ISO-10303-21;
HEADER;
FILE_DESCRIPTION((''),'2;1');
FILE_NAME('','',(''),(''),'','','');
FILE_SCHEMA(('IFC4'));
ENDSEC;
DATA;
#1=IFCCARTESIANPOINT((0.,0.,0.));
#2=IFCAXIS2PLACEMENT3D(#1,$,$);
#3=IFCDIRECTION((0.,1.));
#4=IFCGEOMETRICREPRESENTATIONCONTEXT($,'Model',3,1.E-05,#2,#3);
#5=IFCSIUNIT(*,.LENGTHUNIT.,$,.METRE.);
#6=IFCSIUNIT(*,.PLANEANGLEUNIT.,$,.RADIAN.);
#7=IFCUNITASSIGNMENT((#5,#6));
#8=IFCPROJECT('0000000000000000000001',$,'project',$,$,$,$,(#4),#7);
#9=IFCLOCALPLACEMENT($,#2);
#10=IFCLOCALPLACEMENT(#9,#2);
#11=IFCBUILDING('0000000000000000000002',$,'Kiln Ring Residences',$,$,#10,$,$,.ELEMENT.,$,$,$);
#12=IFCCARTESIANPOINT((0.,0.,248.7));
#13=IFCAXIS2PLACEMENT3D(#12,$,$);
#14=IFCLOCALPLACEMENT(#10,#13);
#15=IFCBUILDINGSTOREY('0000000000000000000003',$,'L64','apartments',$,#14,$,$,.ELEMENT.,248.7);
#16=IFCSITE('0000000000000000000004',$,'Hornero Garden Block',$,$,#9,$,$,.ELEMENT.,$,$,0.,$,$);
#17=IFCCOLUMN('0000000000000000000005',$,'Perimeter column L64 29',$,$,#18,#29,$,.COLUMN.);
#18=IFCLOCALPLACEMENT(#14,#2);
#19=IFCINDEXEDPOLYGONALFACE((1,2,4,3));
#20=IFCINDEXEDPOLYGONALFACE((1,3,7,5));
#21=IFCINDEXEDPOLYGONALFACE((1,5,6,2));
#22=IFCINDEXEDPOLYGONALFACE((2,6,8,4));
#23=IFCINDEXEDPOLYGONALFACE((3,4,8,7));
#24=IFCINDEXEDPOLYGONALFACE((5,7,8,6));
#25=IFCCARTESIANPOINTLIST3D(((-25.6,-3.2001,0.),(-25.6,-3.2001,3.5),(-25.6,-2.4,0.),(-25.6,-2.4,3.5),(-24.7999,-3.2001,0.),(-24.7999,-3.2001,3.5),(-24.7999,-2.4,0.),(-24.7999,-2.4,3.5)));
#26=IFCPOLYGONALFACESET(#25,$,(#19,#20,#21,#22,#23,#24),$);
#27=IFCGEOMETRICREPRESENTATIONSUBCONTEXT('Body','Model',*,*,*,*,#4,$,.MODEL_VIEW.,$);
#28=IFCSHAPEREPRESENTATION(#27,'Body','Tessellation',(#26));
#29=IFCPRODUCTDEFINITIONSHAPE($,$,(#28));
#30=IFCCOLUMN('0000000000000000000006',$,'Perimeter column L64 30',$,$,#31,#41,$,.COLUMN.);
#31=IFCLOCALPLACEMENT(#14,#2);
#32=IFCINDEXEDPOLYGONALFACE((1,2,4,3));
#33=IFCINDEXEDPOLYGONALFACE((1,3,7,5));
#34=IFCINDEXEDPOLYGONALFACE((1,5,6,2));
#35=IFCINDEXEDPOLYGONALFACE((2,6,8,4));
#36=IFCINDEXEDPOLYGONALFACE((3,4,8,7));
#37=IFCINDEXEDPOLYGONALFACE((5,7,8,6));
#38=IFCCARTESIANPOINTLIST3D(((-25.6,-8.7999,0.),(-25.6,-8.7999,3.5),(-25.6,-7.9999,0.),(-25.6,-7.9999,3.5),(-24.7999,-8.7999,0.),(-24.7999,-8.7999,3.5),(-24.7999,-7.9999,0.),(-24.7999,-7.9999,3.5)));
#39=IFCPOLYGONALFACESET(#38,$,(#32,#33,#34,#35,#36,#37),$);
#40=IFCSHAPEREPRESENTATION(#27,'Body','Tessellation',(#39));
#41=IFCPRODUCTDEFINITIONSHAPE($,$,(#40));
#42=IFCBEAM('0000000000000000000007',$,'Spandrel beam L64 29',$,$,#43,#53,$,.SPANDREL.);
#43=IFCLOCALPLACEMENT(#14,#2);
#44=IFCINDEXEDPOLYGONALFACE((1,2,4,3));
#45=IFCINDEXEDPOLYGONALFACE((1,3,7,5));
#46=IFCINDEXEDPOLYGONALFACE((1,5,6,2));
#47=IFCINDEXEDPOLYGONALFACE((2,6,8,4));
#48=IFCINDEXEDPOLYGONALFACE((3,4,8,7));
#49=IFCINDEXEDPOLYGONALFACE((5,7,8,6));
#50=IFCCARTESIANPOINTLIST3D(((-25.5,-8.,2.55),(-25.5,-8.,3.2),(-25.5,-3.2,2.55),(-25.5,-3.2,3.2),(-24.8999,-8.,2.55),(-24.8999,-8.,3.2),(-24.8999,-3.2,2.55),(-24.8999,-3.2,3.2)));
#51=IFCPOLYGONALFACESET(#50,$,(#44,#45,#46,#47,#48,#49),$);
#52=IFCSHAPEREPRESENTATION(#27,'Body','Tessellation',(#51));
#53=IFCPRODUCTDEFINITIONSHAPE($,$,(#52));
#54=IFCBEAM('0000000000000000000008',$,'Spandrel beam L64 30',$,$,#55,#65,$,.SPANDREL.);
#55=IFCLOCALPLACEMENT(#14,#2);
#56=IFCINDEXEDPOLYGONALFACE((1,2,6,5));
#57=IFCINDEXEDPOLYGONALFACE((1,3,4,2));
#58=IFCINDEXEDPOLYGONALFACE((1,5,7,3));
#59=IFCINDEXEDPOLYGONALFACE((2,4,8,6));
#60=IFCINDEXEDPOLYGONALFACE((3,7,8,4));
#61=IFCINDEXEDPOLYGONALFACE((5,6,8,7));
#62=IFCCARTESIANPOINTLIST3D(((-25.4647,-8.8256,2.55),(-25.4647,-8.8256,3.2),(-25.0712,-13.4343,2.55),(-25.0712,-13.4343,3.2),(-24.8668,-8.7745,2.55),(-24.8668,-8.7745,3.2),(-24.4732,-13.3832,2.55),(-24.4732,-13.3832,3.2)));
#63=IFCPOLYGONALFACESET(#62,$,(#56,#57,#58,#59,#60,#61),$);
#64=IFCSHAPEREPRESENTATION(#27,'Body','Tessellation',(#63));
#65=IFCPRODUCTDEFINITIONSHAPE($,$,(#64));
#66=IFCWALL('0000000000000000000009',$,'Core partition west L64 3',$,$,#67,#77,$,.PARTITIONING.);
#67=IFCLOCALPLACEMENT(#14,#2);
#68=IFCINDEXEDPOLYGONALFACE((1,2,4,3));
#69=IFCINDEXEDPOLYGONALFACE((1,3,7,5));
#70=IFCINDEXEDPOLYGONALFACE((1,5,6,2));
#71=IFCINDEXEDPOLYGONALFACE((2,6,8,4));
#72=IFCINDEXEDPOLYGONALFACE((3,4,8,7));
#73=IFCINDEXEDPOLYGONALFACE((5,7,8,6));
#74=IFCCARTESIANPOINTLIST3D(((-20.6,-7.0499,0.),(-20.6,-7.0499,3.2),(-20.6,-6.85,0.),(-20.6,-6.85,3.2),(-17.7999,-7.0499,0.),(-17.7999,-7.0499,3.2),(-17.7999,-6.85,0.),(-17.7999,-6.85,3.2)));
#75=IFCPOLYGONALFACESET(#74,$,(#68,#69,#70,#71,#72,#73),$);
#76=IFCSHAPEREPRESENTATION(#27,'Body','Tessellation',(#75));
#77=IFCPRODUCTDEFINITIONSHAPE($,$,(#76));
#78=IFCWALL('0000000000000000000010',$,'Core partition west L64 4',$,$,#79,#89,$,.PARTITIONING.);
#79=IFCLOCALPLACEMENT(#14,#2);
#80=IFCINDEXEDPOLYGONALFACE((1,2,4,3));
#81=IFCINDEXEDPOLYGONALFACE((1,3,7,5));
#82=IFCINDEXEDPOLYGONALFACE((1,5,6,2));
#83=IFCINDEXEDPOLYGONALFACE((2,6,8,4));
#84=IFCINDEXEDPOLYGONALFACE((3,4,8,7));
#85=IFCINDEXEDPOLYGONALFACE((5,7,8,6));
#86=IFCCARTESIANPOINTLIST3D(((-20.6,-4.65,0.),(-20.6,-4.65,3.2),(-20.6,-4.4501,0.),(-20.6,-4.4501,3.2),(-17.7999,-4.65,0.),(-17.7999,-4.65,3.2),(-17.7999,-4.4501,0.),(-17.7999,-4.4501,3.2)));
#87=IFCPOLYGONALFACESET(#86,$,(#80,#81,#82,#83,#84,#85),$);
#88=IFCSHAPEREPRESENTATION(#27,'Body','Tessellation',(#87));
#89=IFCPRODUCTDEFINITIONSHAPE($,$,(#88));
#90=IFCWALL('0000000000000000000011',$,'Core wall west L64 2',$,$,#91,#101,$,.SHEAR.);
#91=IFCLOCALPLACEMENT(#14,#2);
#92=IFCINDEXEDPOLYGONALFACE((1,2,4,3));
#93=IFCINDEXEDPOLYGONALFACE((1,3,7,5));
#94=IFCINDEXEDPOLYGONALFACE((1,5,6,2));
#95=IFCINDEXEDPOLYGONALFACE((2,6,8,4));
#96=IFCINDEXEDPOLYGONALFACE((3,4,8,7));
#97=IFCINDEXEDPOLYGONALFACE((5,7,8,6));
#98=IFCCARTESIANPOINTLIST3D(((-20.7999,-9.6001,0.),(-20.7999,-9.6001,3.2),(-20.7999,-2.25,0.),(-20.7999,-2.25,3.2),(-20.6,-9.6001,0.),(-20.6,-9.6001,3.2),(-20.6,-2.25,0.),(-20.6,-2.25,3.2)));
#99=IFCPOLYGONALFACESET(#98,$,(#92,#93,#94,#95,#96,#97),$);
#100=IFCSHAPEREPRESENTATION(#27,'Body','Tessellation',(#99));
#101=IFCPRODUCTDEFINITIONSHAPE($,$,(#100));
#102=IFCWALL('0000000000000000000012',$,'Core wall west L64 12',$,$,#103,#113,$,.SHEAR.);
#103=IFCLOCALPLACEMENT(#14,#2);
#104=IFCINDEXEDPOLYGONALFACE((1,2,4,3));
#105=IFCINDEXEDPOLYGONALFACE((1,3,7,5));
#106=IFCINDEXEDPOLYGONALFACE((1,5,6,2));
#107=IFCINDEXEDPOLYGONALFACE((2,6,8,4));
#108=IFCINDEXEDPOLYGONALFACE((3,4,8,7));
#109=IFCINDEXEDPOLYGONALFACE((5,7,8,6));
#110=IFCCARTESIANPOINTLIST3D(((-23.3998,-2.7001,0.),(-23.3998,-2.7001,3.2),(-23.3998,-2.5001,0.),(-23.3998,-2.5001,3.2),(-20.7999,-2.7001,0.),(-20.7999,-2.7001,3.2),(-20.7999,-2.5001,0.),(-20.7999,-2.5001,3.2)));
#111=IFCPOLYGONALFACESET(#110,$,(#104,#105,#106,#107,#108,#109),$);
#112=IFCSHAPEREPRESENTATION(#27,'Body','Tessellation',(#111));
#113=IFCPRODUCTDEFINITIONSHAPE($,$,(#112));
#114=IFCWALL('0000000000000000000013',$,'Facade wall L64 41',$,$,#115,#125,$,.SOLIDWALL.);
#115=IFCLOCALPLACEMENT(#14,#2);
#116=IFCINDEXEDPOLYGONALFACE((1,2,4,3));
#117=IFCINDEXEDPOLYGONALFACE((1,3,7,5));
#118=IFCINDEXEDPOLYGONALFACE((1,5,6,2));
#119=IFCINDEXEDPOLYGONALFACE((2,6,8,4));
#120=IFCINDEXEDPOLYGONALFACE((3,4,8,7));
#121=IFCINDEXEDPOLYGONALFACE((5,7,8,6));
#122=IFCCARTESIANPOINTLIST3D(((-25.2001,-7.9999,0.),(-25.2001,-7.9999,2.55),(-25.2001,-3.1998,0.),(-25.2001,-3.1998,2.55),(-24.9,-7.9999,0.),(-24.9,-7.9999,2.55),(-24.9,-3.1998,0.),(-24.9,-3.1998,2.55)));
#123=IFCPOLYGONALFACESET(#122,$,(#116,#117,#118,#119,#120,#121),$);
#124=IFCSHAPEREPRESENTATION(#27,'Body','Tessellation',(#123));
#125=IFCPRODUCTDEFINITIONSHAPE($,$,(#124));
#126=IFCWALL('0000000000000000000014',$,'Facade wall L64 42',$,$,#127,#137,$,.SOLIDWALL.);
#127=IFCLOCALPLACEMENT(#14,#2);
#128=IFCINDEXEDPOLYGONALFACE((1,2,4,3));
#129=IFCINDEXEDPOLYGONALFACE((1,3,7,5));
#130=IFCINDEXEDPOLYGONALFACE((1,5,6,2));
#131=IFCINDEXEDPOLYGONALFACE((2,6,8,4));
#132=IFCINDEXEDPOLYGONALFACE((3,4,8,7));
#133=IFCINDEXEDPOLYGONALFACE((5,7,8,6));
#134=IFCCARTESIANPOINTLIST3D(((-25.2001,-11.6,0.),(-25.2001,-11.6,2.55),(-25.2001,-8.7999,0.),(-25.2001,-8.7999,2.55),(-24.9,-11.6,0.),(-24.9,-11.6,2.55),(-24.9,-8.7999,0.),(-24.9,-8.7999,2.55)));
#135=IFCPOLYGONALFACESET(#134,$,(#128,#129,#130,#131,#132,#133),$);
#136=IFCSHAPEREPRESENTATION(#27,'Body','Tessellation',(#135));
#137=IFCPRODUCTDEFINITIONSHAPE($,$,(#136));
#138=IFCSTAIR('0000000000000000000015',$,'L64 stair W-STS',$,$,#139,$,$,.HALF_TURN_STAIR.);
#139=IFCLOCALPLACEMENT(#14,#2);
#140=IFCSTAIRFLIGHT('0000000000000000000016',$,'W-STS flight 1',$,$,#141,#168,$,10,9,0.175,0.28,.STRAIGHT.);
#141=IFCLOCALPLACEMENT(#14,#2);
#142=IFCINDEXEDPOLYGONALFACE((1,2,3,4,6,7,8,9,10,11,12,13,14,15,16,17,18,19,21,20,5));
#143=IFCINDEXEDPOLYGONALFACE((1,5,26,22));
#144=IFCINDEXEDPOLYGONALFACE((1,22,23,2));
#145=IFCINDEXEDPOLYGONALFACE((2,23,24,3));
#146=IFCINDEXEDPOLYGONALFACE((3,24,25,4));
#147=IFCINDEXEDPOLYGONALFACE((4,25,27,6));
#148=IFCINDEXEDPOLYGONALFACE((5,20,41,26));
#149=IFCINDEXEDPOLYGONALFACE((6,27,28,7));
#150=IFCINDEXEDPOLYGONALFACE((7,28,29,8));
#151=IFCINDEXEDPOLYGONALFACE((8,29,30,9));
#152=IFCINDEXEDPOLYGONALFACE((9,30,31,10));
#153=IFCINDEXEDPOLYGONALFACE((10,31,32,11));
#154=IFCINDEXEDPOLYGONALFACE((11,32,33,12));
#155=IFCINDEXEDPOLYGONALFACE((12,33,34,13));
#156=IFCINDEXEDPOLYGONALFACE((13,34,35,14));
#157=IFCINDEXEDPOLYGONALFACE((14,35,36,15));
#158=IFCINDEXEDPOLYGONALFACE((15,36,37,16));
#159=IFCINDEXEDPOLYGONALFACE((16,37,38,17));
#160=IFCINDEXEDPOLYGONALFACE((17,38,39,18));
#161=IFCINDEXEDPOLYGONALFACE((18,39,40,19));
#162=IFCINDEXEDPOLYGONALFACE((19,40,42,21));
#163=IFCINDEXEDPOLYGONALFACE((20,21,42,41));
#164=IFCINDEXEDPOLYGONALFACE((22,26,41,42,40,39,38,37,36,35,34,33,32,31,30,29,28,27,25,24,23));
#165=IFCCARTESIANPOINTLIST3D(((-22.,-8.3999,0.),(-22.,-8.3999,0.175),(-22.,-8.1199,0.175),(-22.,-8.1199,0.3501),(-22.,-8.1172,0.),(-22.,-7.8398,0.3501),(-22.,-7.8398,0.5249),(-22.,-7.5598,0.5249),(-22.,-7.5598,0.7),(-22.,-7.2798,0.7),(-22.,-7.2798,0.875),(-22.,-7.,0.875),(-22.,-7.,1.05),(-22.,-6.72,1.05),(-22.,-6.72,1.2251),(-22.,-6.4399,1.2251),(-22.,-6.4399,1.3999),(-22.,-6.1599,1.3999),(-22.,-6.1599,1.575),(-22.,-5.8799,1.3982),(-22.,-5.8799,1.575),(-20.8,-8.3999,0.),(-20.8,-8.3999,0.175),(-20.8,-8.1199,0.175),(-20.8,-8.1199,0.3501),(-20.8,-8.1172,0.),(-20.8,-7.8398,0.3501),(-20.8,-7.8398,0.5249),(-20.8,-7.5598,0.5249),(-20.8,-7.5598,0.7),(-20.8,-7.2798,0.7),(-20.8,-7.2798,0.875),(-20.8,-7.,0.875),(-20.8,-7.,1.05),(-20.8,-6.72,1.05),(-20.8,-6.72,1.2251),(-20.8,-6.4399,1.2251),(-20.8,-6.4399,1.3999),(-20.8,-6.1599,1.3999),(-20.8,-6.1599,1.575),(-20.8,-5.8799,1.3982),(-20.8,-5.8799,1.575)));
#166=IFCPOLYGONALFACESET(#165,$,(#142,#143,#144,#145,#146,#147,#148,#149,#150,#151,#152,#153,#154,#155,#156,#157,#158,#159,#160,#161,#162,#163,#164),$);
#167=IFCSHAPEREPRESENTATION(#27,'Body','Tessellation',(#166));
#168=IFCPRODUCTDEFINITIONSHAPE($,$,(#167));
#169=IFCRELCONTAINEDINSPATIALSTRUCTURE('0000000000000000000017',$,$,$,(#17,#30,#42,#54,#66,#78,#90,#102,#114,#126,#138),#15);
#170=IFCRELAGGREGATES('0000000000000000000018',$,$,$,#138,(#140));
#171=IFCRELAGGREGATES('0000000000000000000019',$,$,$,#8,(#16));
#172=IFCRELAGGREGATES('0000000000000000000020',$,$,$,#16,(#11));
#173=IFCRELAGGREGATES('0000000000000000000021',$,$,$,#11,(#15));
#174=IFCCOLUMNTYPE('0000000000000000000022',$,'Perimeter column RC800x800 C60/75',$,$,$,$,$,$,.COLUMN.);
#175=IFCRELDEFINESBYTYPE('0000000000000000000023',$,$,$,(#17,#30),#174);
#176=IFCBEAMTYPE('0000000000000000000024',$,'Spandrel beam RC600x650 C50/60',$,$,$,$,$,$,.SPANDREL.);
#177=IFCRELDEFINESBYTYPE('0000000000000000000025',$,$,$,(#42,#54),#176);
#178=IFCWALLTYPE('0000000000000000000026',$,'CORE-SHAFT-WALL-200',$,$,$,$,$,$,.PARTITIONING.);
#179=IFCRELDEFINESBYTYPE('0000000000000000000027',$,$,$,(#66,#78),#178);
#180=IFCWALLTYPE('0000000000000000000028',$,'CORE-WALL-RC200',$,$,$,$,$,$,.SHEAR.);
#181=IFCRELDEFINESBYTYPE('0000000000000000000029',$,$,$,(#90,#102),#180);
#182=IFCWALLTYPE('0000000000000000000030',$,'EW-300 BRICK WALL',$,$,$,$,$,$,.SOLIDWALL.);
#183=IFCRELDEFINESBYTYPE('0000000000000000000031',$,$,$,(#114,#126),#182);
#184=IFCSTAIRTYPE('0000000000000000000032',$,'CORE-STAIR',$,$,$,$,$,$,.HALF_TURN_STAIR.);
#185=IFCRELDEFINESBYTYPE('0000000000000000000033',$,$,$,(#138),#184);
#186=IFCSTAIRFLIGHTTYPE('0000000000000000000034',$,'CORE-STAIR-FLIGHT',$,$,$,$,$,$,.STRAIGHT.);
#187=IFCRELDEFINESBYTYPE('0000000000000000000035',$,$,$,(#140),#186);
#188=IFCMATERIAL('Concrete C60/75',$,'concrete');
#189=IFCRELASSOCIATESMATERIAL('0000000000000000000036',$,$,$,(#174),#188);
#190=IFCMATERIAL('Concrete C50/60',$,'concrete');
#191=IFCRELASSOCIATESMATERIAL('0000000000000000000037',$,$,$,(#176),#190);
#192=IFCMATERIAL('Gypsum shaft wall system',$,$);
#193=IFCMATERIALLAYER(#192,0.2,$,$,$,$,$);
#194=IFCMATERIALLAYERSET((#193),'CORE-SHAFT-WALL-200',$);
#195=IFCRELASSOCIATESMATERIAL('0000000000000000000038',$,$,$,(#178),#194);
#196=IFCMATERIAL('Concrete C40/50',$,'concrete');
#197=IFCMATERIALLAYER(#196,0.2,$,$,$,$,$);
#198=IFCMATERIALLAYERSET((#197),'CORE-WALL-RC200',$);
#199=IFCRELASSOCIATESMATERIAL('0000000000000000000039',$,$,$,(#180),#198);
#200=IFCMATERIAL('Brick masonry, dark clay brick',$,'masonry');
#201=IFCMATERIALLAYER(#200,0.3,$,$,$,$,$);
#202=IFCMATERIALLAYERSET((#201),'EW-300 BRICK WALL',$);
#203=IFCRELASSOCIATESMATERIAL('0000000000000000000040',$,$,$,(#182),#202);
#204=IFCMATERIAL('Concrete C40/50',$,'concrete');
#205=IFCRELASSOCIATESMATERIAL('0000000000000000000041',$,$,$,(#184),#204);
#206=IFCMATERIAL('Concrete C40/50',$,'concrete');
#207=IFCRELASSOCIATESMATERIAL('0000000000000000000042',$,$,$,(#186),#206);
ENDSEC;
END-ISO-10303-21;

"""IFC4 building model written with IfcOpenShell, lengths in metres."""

from ifc_helpers import new_model, si_unit, direction, frame, frame_2d, origin, origin_2d, place, context, subcontext, project, spatial, polyline, rectangle, outline, extrude, material, layer, layer_set, material_profile, profile_set, type_object, element, aggregate, save


model = new_model("IFC4")

# Units and contexts
model_context = context("Model", 3, precision=1e-05, world=origin(), true_north=direction((0.0, 1.0)))
body_context = subcontext(model_context, "Body", "Model", "MODEL_VIEW")
ifc_project = project(units=[si_unit("LENGTHUNIT", "METRE"), si_unit("PLANEANGLEUNIT", "RADIAN")], contexts=[model_context])

# Site, building, storey
site_placement = place(None, origin())
site = spatial("IfcSite", under=ifc_project, at=site_placement, Name="Hornero Garden Block", CompositionType="ELEMENT", RefElevation=0.0)
building_placement = place(site_placement, origin())
building = spatial("IfcBuilding", under=site, at=building_placement, Name="Kiln Ring Residences", CompositionType="ELEMENT")
storey_placement = place(building_placement, frame((0.0, 0.0, 248.7)))
storey = spatial("IfcBuildingStorey", under=building, at=storey_placement, Name="L64", Description="apartments", CompositionType="ELEMENT", Elevation=248.7)

# Columns
ifc_material_1 = material(Name="Concrete C60/75", Category="concrete")
ifc_material_profile_1 = material_profile(ifc_material_1, rectangle(XDim=0.8, YDim=0.8, at=origin_2d()), Name="RC800x800")
ifc_profile_set_1 = profile_set([ifc_material_profile_1], Name="Concrete C60/75")
column_type = type_object("IfcColumnType", Name="Perimeter column RC800x800 C60/75", PredefinedType="COLUMN", material=ifc_profile_set_1)
for number, where, z_axis, x_axis, name in (
    (1, (-25.2, -2.8, 0.0), (0.0, 0.0, 1.0), (1.0, 0.0, 0.0), "Perimeter column L64 29"),
    (2, (-25.2, -8.3999, 0.0), (0.0, 0.0, 1.0), (1.0, 0.0, 0.0), "Perimeter column L64 30"),
):
    element("IfcColumn", number, at=place(storey_placement, frame(where, z_axis=z_axis, x_axis=x_axis)), inside=storey, type_object=column_type, Name=name, PredefinedType="COLUMN", context=body_context, shape_type="SweptSolid", body=[
        extrude(rectangle(XDim=0.8, YDim=0.8, at=origin_2d()), origin(), (0.0, 0.0, 1.0), 3.5),
    ])

# Beams
ifc_material_2 = material(Name="Concrete C50/60", Category="concrete")
ifc_material_profile_2 = material_profile(ifc_material_2, rectangle(XDim=0.6001, YDim=0.6499, at=origin_2d()), Name="RC600x650")
ifc_profile_set_2 = profile_set([ifc_material_profile_2], Name="Concrete C50/60")
beam_type = type_object("IfcBeamType", Name="Spandrel beam RC600x650 C50/60", PredefinedType="SPANDREL", material=ifc_profile_set_2)
beam_1_placement = place(storey_placement, frame((-25.2, -3.2, 2.875), z_axis=(0.0, -1.0, 0.0), x_axis=(1.0, 0.0, 0.0)))
element("IfcBeam", 3, at=beam_1_placement, inside=storey, type_object=beam_type, Name="Spandrel beam L64 29", PredefinedType="SPANDREL", context=body_context, shape_type="SweptSolid", body=[
    extrude(rectangle(XDim=0.6001, YDim=0.6499, at=origin_2d()), origin(), (0.0, 0.0, 1.0), 4.8),
])
beam_2_placement = place(storey_placement, frame((-25.1658, -8.8, 2.875), z_axis=(0.085085, -0.996374, 0.0), x_axis=(0.996374, 0.085085, 0.0)))
element("IfcBeam", 4, at=beam_2_placement, inside=storey, type_object=beam_type, Name="Spandrel beam L64 30", PredefinedType="SPANDREL", context=body_context, shape_type="SweptSolid", body=[
    extrude(rectangle(XDim=0.6001, YDim=0.6499, at=origin_2d()), origin(), (0.0, 0.0, 1.0), 4.6255),
])

# Walls
ifc_material_3 = material(Name="Gypsum shaft wall system")
ifc_layer_1 = layer(ifc_material_3, 0.2)
ifc_layer_set_1 = layer_set([ifc_layer_1], Name="CORE-SHAFT-WALL-200")
wall_type_1 = type_object("IfcWallType", Name="CORE-SHAFT-WALL-200", PredefinedType="PARTITIONING", material=ifc_layer_set_1)
for number, where, z_axis, x_axis, name in (
    (5, (-17.8, -6.95, 0.0), (0.0, 0.0, 1.0), (-1.0, 0.0, 0.0), "Core partition west L64 3"),
    (6, (-17.8, -4.55, 0.0), (0.0, 0.0, 1.0), (-1.0, 0.0, 0.0), "Core partition west L64 4"),
):
    element("IfcWall", number, at=place(storey_placement, frame(where, z_axis=z_axis, x_axis=x_axis)), inside=storey, type_object=wall_type_1, Name=name, PredefinedType="PARTITIONING", context=body_context, shape_type="SweptSolid", body=[
        extrude(rectangle(XDim=2.8, YDim=0.2, at=frame_2d((1.3999, 0.0))), origin(), (0.0, 0.0, 1.0), 3.2),
    ])
ifc_material_4 = material(Name="Concrete C40/50", Category="concrete")
ifc_layer_2 = layer(ifc_material_4, 0.2)
ifc_layer_set_2 = layer_set([ifc_layer_2], Name="CORE-WALL-RC200")
wall_type_2 = type_object("IfcWallType", Name="CORE-WALL-RC200", PredefinedType="SHEAR", material=ifc_layer_set_2)
wall_1_placement = place(storey_placement, frame((-20.7, -9.6001, 0.0), z_axis=(0.0, 0.0, 1.0), x_axis=(0.0, 1.0, 0.0)))
element("IfcWall", 7, at=wall_1_placement, inside=storey, type_object=wall_type_2, Name="Core wall west L64 2", PredefinedType="SHEAR", context=body_context, shape_type="SweptSolid", body=[
    extrude(rectangle(XDim=7.3501, YDim=0.2, at=frame_2d((3.675, 0.0))), origin(), (0.0, 0.0, 1.0), 3.2),
])
wall_2_placement = place(storey_placement, frame((-20.8, -2.6001, 0.0), z_axis=(0.0, 0.0, 1.0), x_axis=(-1.0, 0.0, 0.0)))
element("IfcWall", 8, at=wall_2_placement, inside=storey, type_object=wall_type_2, Name="Core wall west L64 12", PredefinedType="SHEAR", context=body_context, shape_type="SweptSolid", body=[
    extrude(rectangle(XDim=2.5999, YDim=0.2, at=frame_2d((1.2998, 0.0))), origin(), (0.0, 0.0, 1.0), 3.2),
])
ifc_material_5 = material(Name="Brick masonry, dark clay brick", Category="masonry")
ifc_layer_3 = layer(ifc_material_5, 0.3)
ifc_layer_set_3 = layer_set([ifc_layer_3], Name="EW-300 BRICK WALL")
wall_type_3 = type_object("IfcWallType", Name="EW-300 BRICK WALL", PredefinedType="SOLIDWALL", material=ifc_layer_set_3)
wall_3_placement = place(storey_placement, frame((-25.05, -3.2, 0.0), z_axis=(0.0, 0.0, 1.0), x_axis=(0.0, -1.0, 0.0)))
element("IfcWall", 9, at=wall_3_placement, inside=storey, type_object=wall_type_3, Name="Facade wall L64 41", PredefinedType="SOLIDWALL", context=body_context, shape_type="SweptSolid", body=[
    extrude(rectangle(XDim=4.8, YDim=0.3, at=frame_2d((2.3999, 0.0))), origin(), (0.0, 0.0, 1.0), 2.55),
])
wall_4_placement = place(storey_placement, frame((-25.05, -8.8, 0.0), z_axis=(0.0, 0.0, 1.0), x_axis=(0.0, -1.0, 0.0)))
element("IfcWall", 10, at=wall_4_placement, inside=storey, type_object=wall_type_3, Name="Facade wall L64 42", PredefinedType="SOLIDWALL", context=body_context, shape_type="SweptSolid", body=[
    extrude(rectangle(XDim=2.8, YDim=0.3, at=frame_2d((1.3999, 0.0))), origin(), (0.0, 0.0, 1.0), 2.55),
])

# Stair, stair flight
ifc_material_6 = material(Name="Concrete C40/50", Category="concrete")
stair_type = type_object("IfcStairType", Name="CORE-STAIR", PredefinedType="HALF_TURN_STAIR", material=ifc_material_6)
stair_placement = place(storey_placement, origin())
stair = element("IfcStair", 11, at=stair_placement, inside=storey, type_object=stair_type, Name="L64 stair W-STS", PredefinedType="HALF_TURN_STAIR")
ifc_material_7 = material(Name="Concrete C40/50", Category="concrete")
stair_flight_type = type_object("IfcStairFlightType", Name="CORE-STAIR-FLIGHT", PredefinedType="STRAIGHT", material=ifc_material_7)
stair_flight_1_placement = place(storey_placement, frame((-21.3999, -8.3999, 0.0), z_axis=(0.0, 0.0, 1.0), x_axis=(0.0, 1.0, 0.0)))
stair_flight_1 = element("IfcStairFlight", 12, at=stair_flight_1_placement, type_object=stair_flight_type, Name="W-STS flight 1", NumberOfRisers=10, NumberOfTreads=9, PredefinedType="STRAIGHT", RiserHeight=0.175, TreadLength=0.28, context=body_context, shape_type="SweptSolid", body=[
    extrude(outline(polyline([(0.0, 0.0), (0.0, 0.175), (0.28, 0.175), (0.28, 0.3501), (0.5601, 0.3501), (0.5601, 0.5249), (0.8401, 0.5249), (0.8401, 0.7), (1.1201, 0.7), (1.1201, 0.875), (1.3999, 0.875), (1.3999, 1.05), (1.6799, 1.05), (1.6799, 1.2251), (1.96, 1.2251), (1.96, 1.3999), (2.24, 1.3999), (2.24, 1.575), (2.52, 1.575), (2.52, 1.75), (2.52, 1.3982), (0.2827, 0.0), (0.0, 0.0)])), frame((0.0, 0.6001, 0.0), z_axis=(0.0, -1.0, 0.0), x_axis=(1.0, 0.0, 0.0)), (0.0, 0.0, 1.0), 1.2),
])
aggregate(stair, [stair_flight_1])

save(model, "model.ifc")
